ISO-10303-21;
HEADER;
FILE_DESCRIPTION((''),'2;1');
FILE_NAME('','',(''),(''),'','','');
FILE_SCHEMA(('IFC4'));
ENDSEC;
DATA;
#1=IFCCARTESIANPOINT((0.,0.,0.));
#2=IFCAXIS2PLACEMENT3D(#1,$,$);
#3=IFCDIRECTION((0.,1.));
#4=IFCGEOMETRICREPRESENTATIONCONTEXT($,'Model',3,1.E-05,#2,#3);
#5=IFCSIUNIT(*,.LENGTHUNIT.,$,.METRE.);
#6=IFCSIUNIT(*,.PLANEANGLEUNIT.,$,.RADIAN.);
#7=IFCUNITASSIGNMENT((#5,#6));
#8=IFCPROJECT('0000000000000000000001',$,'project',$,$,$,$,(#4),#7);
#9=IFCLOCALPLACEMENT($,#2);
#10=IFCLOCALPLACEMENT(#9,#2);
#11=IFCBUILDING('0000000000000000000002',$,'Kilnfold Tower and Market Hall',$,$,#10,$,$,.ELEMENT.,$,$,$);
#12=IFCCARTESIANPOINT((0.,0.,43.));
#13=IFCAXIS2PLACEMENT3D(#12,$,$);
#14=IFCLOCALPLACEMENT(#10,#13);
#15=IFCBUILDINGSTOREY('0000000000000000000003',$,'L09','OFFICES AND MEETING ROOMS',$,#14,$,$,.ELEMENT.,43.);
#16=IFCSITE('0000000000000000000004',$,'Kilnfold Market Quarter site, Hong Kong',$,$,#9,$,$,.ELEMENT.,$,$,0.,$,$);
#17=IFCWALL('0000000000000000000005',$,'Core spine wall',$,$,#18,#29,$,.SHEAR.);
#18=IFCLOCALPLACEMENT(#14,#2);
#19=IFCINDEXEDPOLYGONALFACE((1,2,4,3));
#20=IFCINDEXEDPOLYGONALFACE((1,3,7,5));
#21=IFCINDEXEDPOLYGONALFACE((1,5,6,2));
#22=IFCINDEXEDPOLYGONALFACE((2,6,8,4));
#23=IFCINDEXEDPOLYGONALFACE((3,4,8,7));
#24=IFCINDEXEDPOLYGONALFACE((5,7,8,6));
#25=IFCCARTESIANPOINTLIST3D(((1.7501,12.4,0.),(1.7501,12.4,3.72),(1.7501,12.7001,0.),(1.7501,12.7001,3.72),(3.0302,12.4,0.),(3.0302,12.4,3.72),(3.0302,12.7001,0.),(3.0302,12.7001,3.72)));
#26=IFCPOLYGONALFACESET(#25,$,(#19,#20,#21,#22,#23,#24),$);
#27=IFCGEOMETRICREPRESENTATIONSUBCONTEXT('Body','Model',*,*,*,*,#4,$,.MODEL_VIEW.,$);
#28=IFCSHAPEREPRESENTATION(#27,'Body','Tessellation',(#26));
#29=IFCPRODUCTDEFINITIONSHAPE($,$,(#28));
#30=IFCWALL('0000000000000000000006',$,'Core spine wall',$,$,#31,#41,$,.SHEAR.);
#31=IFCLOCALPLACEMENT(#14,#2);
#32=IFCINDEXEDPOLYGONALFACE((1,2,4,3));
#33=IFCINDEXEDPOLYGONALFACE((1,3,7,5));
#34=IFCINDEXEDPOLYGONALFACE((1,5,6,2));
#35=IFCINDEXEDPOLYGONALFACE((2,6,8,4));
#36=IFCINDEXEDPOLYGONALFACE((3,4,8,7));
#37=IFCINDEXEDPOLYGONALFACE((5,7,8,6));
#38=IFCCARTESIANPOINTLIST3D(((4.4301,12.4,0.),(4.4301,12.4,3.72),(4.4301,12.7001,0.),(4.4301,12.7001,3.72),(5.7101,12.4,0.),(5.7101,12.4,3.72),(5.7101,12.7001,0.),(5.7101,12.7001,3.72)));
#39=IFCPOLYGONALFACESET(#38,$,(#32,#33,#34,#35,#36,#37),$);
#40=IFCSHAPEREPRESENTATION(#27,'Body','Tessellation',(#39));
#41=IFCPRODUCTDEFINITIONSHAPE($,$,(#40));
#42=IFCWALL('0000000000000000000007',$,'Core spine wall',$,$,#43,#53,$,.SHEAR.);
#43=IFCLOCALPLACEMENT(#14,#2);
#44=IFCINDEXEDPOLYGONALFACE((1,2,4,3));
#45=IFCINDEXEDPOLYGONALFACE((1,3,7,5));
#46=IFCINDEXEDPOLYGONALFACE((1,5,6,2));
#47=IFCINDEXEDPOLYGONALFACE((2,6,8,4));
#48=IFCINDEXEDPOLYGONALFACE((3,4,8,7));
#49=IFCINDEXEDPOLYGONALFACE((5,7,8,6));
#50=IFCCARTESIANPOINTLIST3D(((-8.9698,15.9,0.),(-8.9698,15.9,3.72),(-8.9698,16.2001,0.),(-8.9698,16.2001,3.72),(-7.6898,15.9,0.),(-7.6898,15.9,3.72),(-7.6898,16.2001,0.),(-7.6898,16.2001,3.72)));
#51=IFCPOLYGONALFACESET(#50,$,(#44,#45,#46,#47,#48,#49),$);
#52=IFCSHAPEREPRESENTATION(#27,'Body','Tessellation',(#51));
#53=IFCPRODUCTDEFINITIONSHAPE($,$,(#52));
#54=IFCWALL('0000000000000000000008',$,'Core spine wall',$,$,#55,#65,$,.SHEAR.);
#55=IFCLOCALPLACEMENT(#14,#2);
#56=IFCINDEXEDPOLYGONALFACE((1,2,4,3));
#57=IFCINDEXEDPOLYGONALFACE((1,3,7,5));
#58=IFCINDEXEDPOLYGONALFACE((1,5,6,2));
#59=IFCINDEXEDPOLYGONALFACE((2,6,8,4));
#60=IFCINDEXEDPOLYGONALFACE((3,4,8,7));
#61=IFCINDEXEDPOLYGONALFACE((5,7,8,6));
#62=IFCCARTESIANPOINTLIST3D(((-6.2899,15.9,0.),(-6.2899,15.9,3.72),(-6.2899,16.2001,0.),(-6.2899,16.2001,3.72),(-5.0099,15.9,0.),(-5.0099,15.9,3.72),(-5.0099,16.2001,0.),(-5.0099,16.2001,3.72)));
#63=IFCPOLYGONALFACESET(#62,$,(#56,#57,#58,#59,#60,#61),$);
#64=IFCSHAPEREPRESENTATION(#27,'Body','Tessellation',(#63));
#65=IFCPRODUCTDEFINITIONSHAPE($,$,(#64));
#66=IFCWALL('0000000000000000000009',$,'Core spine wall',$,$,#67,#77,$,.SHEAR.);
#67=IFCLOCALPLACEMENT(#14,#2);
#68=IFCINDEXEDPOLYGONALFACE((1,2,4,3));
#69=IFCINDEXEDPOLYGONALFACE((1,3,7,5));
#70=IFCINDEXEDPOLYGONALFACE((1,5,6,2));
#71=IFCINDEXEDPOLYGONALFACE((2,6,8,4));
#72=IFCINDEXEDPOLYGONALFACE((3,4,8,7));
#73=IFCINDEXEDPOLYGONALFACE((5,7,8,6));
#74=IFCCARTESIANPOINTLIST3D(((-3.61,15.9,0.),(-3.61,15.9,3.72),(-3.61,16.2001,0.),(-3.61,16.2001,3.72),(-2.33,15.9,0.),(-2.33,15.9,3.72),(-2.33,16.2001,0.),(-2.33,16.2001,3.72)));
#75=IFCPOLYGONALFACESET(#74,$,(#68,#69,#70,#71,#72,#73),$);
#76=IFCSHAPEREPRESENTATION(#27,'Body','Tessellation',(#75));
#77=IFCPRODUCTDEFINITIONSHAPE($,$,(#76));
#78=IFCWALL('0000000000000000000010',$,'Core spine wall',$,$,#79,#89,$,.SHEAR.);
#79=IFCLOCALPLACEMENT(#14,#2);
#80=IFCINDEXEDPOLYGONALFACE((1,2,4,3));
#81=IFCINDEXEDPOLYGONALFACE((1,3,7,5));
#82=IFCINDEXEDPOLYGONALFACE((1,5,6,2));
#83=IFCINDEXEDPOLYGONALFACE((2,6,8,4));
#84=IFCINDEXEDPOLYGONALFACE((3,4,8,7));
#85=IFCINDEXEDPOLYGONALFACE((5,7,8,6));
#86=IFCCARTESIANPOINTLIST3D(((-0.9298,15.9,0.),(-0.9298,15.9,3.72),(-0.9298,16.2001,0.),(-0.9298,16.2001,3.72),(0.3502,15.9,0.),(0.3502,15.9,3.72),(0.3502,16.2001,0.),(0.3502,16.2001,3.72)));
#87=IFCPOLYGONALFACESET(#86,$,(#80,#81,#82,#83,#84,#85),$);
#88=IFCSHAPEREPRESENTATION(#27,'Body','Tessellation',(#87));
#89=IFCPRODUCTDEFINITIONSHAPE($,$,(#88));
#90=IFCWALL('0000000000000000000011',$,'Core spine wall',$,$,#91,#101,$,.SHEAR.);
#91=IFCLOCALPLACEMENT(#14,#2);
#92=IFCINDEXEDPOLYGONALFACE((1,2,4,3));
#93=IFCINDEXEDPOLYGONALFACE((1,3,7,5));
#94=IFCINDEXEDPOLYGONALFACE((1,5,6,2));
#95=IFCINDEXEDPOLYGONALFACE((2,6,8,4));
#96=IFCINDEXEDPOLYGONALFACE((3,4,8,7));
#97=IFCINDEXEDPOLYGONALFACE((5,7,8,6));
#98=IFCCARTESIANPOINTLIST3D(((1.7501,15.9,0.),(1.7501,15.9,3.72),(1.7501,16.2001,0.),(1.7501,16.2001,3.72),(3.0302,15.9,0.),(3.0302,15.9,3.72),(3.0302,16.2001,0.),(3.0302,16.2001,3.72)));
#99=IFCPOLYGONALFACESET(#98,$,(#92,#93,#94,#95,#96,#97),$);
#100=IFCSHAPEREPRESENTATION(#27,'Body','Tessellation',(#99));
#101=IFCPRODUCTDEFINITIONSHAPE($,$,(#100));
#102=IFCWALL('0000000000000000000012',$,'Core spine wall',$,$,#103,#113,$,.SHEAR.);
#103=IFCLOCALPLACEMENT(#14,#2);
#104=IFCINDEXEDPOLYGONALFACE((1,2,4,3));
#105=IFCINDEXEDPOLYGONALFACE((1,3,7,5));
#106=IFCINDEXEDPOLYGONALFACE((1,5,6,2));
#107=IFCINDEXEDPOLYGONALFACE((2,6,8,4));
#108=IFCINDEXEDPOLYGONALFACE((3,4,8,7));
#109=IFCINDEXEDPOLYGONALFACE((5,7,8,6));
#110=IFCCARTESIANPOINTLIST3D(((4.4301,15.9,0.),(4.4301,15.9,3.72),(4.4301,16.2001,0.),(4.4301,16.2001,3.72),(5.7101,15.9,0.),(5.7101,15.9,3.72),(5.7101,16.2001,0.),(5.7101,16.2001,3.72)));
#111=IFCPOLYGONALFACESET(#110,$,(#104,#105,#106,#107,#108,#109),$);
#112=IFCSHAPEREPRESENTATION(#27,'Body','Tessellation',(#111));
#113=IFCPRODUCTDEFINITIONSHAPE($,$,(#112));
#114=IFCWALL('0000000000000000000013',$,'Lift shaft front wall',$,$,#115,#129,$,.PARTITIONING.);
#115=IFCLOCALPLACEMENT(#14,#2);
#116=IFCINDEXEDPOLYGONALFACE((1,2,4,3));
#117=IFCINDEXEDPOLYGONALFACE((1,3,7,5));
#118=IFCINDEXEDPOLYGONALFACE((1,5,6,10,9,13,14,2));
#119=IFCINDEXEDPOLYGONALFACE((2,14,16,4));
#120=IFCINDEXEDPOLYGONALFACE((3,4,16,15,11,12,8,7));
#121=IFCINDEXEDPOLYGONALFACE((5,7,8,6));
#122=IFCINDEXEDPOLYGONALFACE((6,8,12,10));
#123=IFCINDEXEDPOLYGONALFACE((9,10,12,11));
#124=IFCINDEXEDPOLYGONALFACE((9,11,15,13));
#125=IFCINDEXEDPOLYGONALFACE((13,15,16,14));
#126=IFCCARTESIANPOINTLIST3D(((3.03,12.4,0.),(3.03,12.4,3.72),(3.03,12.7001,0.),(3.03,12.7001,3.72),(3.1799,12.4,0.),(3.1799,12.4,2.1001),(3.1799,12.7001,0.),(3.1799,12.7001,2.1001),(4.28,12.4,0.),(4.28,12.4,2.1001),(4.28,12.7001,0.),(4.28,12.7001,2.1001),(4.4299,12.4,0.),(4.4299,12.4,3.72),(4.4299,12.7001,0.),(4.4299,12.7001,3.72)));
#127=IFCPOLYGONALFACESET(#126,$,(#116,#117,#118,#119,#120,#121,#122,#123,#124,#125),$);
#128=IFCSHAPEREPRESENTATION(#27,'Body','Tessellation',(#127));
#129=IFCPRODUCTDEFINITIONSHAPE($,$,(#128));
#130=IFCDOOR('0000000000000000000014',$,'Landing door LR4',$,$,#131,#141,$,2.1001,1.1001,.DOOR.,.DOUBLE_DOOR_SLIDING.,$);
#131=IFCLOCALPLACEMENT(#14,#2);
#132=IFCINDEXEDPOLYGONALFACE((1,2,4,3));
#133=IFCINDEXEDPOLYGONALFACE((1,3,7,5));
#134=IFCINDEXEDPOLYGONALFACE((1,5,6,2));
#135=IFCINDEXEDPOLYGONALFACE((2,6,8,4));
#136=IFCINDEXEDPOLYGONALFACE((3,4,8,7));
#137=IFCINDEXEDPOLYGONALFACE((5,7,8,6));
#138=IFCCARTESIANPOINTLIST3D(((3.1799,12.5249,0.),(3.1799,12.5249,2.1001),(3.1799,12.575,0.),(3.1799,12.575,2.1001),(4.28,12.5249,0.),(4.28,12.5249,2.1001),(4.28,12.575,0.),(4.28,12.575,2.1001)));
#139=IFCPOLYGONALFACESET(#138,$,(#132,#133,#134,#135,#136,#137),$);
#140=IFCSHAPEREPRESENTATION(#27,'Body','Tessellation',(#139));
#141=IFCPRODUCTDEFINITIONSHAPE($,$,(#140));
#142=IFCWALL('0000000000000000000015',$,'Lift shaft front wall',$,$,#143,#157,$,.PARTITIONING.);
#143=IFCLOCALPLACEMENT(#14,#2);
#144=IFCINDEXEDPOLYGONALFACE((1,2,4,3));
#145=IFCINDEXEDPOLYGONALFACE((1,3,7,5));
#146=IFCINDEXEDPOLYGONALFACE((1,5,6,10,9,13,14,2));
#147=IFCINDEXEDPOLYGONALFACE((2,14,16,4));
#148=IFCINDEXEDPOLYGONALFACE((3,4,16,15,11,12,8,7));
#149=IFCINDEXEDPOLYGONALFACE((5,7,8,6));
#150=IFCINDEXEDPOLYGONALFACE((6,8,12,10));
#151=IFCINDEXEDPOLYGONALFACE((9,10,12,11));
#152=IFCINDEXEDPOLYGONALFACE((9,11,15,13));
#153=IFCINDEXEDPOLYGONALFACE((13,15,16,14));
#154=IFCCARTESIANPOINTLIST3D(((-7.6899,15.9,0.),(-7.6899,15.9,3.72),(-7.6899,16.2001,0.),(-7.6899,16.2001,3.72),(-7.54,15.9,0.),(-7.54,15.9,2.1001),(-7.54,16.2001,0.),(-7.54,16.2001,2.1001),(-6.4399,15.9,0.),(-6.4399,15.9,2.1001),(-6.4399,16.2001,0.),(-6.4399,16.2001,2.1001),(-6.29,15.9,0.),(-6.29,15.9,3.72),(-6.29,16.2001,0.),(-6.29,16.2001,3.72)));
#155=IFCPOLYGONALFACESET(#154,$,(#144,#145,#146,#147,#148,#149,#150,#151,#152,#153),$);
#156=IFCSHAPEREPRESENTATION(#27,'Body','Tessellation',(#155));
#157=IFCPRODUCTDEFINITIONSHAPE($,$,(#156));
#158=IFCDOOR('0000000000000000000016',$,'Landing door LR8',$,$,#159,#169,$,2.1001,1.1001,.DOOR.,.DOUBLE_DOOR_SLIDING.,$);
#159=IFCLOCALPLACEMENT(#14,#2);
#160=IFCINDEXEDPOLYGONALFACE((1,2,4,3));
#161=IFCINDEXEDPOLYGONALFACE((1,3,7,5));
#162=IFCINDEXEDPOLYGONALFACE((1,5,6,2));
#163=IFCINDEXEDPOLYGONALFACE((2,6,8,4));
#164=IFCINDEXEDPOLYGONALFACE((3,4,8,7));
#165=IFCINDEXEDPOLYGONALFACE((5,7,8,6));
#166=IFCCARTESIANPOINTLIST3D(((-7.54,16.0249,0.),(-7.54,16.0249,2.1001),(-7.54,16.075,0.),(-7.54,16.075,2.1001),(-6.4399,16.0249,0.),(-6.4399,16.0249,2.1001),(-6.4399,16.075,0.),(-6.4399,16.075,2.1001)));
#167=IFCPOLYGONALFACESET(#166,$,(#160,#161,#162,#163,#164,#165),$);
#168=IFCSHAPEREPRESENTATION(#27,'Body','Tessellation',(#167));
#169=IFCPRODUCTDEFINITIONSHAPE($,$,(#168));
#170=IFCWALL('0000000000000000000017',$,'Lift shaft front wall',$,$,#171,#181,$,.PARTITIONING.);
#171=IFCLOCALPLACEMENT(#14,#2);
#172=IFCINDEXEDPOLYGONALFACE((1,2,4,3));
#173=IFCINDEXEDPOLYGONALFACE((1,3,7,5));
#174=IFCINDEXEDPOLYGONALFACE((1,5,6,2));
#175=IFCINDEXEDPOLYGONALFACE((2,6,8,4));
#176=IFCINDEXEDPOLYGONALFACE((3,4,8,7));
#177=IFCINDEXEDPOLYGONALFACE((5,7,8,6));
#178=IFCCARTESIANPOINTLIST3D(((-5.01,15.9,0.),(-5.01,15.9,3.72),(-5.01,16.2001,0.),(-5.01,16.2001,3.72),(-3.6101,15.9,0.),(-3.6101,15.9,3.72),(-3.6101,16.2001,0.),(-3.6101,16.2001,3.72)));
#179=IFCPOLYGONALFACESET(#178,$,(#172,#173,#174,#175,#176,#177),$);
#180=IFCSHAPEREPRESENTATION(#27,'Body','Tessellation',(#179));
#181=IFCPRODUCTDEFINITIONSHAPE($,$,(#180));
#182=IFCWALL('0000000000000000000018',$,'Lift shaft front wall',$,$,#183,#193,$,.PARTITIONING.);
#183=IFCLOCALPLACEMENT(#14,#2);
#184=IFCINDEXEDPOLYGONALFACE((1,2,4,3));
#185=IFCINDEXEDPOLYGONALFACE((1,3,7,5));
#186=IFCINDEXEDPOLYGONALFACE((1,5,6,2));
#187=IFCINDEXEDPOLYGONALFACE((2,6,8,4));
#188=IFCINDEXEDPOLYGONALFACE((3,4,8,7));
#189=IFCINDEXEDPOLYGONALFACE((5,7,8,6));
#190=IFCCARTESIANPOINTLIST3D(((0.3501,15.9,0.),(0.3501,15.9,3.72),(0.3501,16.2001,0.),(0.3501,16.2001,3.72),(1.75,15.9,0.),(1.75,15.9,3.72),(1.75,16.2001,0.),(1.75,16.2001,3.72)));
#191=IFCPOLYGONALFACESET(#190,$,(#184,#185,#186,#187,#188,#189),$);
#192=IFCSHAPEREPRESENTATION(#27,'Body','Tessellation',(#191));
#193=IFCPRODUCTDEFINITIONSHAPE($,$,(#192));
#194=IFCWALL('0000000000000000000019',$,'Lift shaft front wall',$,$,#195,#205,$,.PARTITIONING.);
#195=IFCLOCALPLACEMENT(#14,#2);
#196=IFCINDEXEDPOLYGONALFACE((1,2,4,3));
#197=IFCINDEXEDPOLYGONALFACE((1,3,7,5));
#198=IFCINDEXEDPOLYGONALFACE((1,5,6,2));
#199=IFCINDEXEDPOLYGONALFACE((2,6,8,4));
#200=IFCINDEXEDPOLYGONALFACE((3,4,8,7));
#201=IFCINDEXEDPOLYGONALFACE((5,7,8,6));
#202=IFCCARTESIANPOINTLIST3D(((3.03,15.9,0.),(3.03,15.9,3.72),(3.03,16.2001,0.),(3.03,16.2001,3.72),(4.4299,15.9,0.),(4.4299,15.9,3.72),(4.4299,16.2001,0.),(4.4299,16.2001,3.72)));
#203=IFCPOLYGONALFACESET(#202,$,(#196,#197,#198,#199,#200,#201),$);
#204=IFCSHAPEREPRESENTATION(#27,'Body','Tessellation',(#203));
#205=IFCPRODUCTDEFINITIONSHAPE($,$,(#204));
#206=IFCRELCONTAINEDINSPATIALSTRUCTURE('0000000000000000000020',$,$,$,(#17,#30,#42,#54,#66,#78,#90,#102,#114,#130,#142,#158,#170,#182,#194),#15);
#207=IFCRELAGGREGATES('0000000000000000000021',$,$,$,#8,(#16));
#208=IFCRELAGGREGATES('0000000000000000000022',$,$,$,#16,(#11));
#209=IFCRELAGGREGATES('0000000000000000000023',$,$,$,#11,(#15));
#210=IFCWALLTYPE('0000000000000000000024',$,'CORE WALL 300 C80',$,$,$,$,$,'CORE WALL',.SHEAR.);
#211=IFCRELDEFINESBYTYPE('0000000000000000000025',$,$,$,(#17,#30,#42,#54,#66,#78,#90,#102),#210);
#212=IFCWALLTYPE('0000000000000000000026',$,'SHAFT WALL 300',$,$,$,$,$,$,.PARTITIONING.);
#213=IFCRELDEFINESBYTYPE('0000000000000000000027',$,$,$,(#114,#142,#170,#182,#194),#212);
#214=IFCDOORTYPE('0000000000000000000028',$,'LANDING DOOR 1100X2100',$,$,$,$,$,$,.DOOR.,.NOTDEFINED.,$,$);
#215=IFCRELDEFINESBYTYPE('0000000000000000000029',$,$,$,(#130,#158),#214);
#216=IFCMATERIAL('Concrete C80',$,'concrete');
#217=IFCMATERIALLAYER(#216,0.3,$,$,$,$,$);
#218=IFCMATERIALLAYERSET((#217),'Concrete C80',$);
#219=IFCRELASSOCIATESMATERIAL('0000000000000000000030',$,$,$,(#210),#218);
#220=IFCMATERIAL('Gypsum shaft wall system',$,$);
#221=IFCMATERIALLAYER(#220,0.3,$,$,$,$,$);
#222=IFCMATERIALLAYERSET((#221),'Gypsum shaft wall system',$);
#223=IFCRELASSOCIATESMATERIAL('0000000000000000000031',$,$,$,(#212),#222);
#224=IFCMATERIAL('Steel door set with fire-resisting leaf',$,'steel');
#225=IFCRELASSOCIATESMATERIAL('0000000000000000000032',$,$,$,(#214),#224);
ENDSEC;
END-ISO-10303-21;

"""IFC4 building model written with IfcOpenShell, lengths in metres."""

from ifc_helpers import new_model, si_unit, direction, frame, frame_2d, origin, place, context, subcontext, project, spatial, rectangle, extrude, source, transform, mapped, material, layer, layer_set, type_object, element, fill, save


model = new_model("IFC4")

# Units and contexts
model_context = context("Model", 3, precision=1e-05, world=origin(), true_north=direction((0.0, 1.0)))
body_context = subcontext(model_context, "Body", "Model", "MODEL_VIEW")
ifc_project = project(units=[si_unit("LENGTHUNIT", "METRE"), si_unit("PLANEANGLEUNIT", "RADIAN")], contexts=[model_context])

# Site, building, storey
site_placement = place(None, origin())
site = spatial("IfcSite", under=ifc_project, at=site_placement, Name="Kilnfold Market Quarter site, Hong Kong", CompositionType="ELEMENT", RefElevation=0.0)
building_placement = place(site_placement, origin())
building = spatial("IfcBuilding", under=site, at=building_placement, Name="Kilnfold Tower and Market Hall", CompositionType="ELEMENT")
storey_placement = place(building_placement, frame((0.0, 0.0, 43.0)))
storey = spatial("IfcBuildingStorey", under=building, at=storey_placement, Name="L09", Description="OFFICES AND MEETING ROOMS", CompositionType="ELEMENT", Elevation=43.0)

# Walls
ifc_material_1 = material(Name="Concrete C80", Category="concrete")
ifc_layer_1 = layer(ifc_material_1, 0.3)
ifc_layer_set_1 = layer_set([ifc_layer_1], Name="Concrete C80")
wall_type_1 = type_object("IfcWallType", Name="CORE WALL 300 C80", ElementType="CORE WALL", PredefinedType="SHEAR", material=ifc_layer_set_1)
shared_shape_1 = source(origin(), body_context, "Body", "SweptSolid", [
    extrude(rectangle(XDim=1.28, YDim=0.3, at=frame_2d((0.6401, 0.0))), origin(), (0.0, 0.0, 1.0), 3.72),
])
for number, where, z_axis, x_axis, name in (
    (1, (1.75, 12.55, 0.0), (0.0, 0.0, 1.0), (1.0, 0.0, 0.0), "Core spine wall"),
    (2, (4.4299, 12.55, 0.0), (0.0, 0.0, 1.0), (1.0, 0.0, 0.0), "Core spine wall"),
    (3, (-8.97, 16.05, 0.0), (0.0, 0.0, 1.0), (1.0, 0.0, 0.0), "Core spine wall"),
    (4, (-6.29, 16.05, 0.0), (0.0, 0.0, 1.0), (1.0, 0.0, 0.0), "Core spine wall"),
    (5, (-3.6101, 16.05, 0.0), (0.0, 0.0, 1.0), (1.0, 0.0, 0.0), "Core spine wall"),
    (6, (-0.9299, 16.05, 0.0), (0.0, 0.0, 1.0), (1.0, 0.0, 0.0), "Core spine wall"),
    (7, (1.75, 16.05, 0.0), (0.0, 0.0, 1.0), (1.0, 0.0, 0.0), "Core spine wall"),
    (8, (4.4299, 16.05, 0.0), (0.0, 0.0, 1.0), (1.0, 0.0, 0.0), "Core spine wall"),
):
    element("IfcWall", number, at=place(storey_placement, frame(where, z_axis=z_axis, x_axis=x_axis)), inside=storey, type_object=wall_type_1, Name=name, PredefinedType="SHEAR", context=body_context, shape_type="MappedRepresentation", body=[
        mapped(shared_shape_1, transform((0.0, 0.0, 0.0))),
    ])

# Walls, openings, doors
ifc_material_2 = material(Name="Gypsum shaft wall system")
ifc_layer_2 = layer(ifc_material_2, 0.3)
ifc_layer_set_2 = layer_set([ifc_layer_2], Name="Gypsum shaft wall system")
wall_type_2 = type_object("IfcWallType", Name="SHAFT WALL 300", PredefinedType="PARTITIONING", material=ifc_layer_set_2)
shared_shape_2 = source(origin(), body_context, "Body", "SweptSolid", [
    extrude(rectangle(XDim=1.3999, YDim=0.3, at=frame_2d((0.7, 0.0))), origin(), (0.0, 0.0, 1.0), 3.72),
])
wall_1_placement = place(storey_placement, frame((3.03, 12.55, 0.0), z_axis=(0.0, 0.0, 1.0), x_axis=(1.0, 0.0, 0.0)))
wall_1 = element("IfcWall", 9, at=wall_1_placement, inside=storey, type_object=wall_type_2, Name="Lift shaft front wall", PredefinedType="PARTITIONING", context=body_context, shape_type="MappedRepresentation", body=[
    mapped(shared_shape_2, transform((0.0, 0.0, 0.0))),
])
opening_1_placement = place(wall_1_placement, frame((0.1499, 0.0, 0.0)))
opening_1 = element("IfcOpeningElement", 10, at=opening_1_placement, cuts=wall_1, PredefinedType="OPENING", context=body_context, shape_type="SweptSolid", body=[
    extrude(rectangle(XDim=1.1001, YDim=2.1001, at=frame_2d((0.55, 1.05))), frame((0.0, 0.1602, 0.0), z_axis=(0.0, -1.0, 0.0), x_axis=(1.0, 0.0, 0.0)), (0.0, 0.0, 1.0), 0.3201),
])
ifc_material_3 = material(Name="Steel door set with fire-resisting leaf", Category="steel")
door_type = type_object("IfcDoorType", Name="LANDING DOOR 1100X2100", OperationType="NOTDEFINED", PredefinedType="DOOR", material=ifc_material_3)
door_1_placement = place(opening_1_placement, origin())
door_1 = element("IfcDoor", 11, at=door_1_placement, inside=storey, type_object=door_type, Name="Landing door LR4", OperationType="DOUBLE_DOOR_SLIDING", OverallHeight=2.1001, OverallWidth=1.1001, PredefinedType="DOOR", context=body_context, shape_type="SweptSolid", body=[
    extrude(rectangle(XDim=1.1001, YDim=2.1001, at=frame_2d((0.55, 1.05))), frame((0.0, 0.0249, 0.0), z_axis=(0.0, -1.0, 0.0), x_axis=(1.0, 0.0, 0.0)), (0.0, 0.0, 1.0), 0.05),
])
fill(opening_1, door_1)
wall_2_placement = place(storey_placement, frame((-7.6899, 16.05, 0.0), z_axis=(0.0, 0.0, 1.0), x_axis=(1.0, 0.0, 0.0)))
wall_2 = element("IfcWall", 12, at=wall_2_placement, inside=storey, type_object=wall_type_2, Name="Lift shaft front wall", PredefinedType="PARTITIONING", context=body_context, shape_type="MappedRepresentation", body=[
    mapped(shared_shape_2, transform((0.0, 0.0, 0.0))),
])
opening_2_placement = place(wall_2_placement, frame((0.1499, 0.0, 0.0)))
opening_2 = element("IfcOpeningElement", 13, at=opening_2_placement, cuts=wall_2, PredefinedType="OPENING", context=body_context, shape_type="SweptSolid", body=[
    extrude(rectangle(XDim=1.1001, YDim=2.1001, at=frame_2d((0.55, 1.05))), frame((0.0, 0.1602, 0.0), z_axis=(0.0, -1.0, 0.0), x_axis=(1.0, 0.0, 0.0)), (0.0, 0.0, 1.0), 0.3201),
])
door_2_placement = place(opening_2_placement, origin())
door_2 = element("IfcDoor", 14, at=door_2_placement, inside=storey, type_object=door_type, Name="Landing door LR8", OperationType="DOUBLE_DOOR_SLIDING", OverallHeight=2.1001, OverallWidth=1.1001, PredefinedType="DOOR", context=body_context, shape_type="SweptSolid", body=[
    extrude(rectangle(XDim=1.1001, YDim=2.1001, at=frame_2d((0.55, 1.05))), frame((0.0, 0.0249, 0.0), z_axis=(0.0, -1.0, 0.0), x_axis=(1.0, 0.0, 0.0)), (0.0, 0.0, 1.0), 0.05),
])
fill(opening_2, door_2)

# Walls
for number, where, z_axis, x_axis, name in (
    (15, (-5.01, 16.05, 0.0), (0.0, 0.0, 1.0), (1.0, 0.0, 0.0), "Lift shaft front wall"),
    (16, (0.3501, 16.05, 0.0), (0.0, 0.0, 1.0), (1.0, 0.0, 0.0), "Lift shaft front wall"),
    (17, (3.03, 16.05, 0.0), (0.0, 0.0, 1.0), (1.0, 0.0, 0.0), "Lift shaft front wall"),
):
    element("IfcWall", number, at=place(storey_placement, frame(where, z_axis=z_axis, x_axis=x_axis)), inside=storey, type_object=wall_type_2, Name=name, PredefinedType="PARTITIONING", context=body_context, shape_type="MappedRepresentation", body=[
        mapped(shared_shape_2, transform((0.0, 0.0, 0.0))),
    ])

save(model, "model.ifc")
